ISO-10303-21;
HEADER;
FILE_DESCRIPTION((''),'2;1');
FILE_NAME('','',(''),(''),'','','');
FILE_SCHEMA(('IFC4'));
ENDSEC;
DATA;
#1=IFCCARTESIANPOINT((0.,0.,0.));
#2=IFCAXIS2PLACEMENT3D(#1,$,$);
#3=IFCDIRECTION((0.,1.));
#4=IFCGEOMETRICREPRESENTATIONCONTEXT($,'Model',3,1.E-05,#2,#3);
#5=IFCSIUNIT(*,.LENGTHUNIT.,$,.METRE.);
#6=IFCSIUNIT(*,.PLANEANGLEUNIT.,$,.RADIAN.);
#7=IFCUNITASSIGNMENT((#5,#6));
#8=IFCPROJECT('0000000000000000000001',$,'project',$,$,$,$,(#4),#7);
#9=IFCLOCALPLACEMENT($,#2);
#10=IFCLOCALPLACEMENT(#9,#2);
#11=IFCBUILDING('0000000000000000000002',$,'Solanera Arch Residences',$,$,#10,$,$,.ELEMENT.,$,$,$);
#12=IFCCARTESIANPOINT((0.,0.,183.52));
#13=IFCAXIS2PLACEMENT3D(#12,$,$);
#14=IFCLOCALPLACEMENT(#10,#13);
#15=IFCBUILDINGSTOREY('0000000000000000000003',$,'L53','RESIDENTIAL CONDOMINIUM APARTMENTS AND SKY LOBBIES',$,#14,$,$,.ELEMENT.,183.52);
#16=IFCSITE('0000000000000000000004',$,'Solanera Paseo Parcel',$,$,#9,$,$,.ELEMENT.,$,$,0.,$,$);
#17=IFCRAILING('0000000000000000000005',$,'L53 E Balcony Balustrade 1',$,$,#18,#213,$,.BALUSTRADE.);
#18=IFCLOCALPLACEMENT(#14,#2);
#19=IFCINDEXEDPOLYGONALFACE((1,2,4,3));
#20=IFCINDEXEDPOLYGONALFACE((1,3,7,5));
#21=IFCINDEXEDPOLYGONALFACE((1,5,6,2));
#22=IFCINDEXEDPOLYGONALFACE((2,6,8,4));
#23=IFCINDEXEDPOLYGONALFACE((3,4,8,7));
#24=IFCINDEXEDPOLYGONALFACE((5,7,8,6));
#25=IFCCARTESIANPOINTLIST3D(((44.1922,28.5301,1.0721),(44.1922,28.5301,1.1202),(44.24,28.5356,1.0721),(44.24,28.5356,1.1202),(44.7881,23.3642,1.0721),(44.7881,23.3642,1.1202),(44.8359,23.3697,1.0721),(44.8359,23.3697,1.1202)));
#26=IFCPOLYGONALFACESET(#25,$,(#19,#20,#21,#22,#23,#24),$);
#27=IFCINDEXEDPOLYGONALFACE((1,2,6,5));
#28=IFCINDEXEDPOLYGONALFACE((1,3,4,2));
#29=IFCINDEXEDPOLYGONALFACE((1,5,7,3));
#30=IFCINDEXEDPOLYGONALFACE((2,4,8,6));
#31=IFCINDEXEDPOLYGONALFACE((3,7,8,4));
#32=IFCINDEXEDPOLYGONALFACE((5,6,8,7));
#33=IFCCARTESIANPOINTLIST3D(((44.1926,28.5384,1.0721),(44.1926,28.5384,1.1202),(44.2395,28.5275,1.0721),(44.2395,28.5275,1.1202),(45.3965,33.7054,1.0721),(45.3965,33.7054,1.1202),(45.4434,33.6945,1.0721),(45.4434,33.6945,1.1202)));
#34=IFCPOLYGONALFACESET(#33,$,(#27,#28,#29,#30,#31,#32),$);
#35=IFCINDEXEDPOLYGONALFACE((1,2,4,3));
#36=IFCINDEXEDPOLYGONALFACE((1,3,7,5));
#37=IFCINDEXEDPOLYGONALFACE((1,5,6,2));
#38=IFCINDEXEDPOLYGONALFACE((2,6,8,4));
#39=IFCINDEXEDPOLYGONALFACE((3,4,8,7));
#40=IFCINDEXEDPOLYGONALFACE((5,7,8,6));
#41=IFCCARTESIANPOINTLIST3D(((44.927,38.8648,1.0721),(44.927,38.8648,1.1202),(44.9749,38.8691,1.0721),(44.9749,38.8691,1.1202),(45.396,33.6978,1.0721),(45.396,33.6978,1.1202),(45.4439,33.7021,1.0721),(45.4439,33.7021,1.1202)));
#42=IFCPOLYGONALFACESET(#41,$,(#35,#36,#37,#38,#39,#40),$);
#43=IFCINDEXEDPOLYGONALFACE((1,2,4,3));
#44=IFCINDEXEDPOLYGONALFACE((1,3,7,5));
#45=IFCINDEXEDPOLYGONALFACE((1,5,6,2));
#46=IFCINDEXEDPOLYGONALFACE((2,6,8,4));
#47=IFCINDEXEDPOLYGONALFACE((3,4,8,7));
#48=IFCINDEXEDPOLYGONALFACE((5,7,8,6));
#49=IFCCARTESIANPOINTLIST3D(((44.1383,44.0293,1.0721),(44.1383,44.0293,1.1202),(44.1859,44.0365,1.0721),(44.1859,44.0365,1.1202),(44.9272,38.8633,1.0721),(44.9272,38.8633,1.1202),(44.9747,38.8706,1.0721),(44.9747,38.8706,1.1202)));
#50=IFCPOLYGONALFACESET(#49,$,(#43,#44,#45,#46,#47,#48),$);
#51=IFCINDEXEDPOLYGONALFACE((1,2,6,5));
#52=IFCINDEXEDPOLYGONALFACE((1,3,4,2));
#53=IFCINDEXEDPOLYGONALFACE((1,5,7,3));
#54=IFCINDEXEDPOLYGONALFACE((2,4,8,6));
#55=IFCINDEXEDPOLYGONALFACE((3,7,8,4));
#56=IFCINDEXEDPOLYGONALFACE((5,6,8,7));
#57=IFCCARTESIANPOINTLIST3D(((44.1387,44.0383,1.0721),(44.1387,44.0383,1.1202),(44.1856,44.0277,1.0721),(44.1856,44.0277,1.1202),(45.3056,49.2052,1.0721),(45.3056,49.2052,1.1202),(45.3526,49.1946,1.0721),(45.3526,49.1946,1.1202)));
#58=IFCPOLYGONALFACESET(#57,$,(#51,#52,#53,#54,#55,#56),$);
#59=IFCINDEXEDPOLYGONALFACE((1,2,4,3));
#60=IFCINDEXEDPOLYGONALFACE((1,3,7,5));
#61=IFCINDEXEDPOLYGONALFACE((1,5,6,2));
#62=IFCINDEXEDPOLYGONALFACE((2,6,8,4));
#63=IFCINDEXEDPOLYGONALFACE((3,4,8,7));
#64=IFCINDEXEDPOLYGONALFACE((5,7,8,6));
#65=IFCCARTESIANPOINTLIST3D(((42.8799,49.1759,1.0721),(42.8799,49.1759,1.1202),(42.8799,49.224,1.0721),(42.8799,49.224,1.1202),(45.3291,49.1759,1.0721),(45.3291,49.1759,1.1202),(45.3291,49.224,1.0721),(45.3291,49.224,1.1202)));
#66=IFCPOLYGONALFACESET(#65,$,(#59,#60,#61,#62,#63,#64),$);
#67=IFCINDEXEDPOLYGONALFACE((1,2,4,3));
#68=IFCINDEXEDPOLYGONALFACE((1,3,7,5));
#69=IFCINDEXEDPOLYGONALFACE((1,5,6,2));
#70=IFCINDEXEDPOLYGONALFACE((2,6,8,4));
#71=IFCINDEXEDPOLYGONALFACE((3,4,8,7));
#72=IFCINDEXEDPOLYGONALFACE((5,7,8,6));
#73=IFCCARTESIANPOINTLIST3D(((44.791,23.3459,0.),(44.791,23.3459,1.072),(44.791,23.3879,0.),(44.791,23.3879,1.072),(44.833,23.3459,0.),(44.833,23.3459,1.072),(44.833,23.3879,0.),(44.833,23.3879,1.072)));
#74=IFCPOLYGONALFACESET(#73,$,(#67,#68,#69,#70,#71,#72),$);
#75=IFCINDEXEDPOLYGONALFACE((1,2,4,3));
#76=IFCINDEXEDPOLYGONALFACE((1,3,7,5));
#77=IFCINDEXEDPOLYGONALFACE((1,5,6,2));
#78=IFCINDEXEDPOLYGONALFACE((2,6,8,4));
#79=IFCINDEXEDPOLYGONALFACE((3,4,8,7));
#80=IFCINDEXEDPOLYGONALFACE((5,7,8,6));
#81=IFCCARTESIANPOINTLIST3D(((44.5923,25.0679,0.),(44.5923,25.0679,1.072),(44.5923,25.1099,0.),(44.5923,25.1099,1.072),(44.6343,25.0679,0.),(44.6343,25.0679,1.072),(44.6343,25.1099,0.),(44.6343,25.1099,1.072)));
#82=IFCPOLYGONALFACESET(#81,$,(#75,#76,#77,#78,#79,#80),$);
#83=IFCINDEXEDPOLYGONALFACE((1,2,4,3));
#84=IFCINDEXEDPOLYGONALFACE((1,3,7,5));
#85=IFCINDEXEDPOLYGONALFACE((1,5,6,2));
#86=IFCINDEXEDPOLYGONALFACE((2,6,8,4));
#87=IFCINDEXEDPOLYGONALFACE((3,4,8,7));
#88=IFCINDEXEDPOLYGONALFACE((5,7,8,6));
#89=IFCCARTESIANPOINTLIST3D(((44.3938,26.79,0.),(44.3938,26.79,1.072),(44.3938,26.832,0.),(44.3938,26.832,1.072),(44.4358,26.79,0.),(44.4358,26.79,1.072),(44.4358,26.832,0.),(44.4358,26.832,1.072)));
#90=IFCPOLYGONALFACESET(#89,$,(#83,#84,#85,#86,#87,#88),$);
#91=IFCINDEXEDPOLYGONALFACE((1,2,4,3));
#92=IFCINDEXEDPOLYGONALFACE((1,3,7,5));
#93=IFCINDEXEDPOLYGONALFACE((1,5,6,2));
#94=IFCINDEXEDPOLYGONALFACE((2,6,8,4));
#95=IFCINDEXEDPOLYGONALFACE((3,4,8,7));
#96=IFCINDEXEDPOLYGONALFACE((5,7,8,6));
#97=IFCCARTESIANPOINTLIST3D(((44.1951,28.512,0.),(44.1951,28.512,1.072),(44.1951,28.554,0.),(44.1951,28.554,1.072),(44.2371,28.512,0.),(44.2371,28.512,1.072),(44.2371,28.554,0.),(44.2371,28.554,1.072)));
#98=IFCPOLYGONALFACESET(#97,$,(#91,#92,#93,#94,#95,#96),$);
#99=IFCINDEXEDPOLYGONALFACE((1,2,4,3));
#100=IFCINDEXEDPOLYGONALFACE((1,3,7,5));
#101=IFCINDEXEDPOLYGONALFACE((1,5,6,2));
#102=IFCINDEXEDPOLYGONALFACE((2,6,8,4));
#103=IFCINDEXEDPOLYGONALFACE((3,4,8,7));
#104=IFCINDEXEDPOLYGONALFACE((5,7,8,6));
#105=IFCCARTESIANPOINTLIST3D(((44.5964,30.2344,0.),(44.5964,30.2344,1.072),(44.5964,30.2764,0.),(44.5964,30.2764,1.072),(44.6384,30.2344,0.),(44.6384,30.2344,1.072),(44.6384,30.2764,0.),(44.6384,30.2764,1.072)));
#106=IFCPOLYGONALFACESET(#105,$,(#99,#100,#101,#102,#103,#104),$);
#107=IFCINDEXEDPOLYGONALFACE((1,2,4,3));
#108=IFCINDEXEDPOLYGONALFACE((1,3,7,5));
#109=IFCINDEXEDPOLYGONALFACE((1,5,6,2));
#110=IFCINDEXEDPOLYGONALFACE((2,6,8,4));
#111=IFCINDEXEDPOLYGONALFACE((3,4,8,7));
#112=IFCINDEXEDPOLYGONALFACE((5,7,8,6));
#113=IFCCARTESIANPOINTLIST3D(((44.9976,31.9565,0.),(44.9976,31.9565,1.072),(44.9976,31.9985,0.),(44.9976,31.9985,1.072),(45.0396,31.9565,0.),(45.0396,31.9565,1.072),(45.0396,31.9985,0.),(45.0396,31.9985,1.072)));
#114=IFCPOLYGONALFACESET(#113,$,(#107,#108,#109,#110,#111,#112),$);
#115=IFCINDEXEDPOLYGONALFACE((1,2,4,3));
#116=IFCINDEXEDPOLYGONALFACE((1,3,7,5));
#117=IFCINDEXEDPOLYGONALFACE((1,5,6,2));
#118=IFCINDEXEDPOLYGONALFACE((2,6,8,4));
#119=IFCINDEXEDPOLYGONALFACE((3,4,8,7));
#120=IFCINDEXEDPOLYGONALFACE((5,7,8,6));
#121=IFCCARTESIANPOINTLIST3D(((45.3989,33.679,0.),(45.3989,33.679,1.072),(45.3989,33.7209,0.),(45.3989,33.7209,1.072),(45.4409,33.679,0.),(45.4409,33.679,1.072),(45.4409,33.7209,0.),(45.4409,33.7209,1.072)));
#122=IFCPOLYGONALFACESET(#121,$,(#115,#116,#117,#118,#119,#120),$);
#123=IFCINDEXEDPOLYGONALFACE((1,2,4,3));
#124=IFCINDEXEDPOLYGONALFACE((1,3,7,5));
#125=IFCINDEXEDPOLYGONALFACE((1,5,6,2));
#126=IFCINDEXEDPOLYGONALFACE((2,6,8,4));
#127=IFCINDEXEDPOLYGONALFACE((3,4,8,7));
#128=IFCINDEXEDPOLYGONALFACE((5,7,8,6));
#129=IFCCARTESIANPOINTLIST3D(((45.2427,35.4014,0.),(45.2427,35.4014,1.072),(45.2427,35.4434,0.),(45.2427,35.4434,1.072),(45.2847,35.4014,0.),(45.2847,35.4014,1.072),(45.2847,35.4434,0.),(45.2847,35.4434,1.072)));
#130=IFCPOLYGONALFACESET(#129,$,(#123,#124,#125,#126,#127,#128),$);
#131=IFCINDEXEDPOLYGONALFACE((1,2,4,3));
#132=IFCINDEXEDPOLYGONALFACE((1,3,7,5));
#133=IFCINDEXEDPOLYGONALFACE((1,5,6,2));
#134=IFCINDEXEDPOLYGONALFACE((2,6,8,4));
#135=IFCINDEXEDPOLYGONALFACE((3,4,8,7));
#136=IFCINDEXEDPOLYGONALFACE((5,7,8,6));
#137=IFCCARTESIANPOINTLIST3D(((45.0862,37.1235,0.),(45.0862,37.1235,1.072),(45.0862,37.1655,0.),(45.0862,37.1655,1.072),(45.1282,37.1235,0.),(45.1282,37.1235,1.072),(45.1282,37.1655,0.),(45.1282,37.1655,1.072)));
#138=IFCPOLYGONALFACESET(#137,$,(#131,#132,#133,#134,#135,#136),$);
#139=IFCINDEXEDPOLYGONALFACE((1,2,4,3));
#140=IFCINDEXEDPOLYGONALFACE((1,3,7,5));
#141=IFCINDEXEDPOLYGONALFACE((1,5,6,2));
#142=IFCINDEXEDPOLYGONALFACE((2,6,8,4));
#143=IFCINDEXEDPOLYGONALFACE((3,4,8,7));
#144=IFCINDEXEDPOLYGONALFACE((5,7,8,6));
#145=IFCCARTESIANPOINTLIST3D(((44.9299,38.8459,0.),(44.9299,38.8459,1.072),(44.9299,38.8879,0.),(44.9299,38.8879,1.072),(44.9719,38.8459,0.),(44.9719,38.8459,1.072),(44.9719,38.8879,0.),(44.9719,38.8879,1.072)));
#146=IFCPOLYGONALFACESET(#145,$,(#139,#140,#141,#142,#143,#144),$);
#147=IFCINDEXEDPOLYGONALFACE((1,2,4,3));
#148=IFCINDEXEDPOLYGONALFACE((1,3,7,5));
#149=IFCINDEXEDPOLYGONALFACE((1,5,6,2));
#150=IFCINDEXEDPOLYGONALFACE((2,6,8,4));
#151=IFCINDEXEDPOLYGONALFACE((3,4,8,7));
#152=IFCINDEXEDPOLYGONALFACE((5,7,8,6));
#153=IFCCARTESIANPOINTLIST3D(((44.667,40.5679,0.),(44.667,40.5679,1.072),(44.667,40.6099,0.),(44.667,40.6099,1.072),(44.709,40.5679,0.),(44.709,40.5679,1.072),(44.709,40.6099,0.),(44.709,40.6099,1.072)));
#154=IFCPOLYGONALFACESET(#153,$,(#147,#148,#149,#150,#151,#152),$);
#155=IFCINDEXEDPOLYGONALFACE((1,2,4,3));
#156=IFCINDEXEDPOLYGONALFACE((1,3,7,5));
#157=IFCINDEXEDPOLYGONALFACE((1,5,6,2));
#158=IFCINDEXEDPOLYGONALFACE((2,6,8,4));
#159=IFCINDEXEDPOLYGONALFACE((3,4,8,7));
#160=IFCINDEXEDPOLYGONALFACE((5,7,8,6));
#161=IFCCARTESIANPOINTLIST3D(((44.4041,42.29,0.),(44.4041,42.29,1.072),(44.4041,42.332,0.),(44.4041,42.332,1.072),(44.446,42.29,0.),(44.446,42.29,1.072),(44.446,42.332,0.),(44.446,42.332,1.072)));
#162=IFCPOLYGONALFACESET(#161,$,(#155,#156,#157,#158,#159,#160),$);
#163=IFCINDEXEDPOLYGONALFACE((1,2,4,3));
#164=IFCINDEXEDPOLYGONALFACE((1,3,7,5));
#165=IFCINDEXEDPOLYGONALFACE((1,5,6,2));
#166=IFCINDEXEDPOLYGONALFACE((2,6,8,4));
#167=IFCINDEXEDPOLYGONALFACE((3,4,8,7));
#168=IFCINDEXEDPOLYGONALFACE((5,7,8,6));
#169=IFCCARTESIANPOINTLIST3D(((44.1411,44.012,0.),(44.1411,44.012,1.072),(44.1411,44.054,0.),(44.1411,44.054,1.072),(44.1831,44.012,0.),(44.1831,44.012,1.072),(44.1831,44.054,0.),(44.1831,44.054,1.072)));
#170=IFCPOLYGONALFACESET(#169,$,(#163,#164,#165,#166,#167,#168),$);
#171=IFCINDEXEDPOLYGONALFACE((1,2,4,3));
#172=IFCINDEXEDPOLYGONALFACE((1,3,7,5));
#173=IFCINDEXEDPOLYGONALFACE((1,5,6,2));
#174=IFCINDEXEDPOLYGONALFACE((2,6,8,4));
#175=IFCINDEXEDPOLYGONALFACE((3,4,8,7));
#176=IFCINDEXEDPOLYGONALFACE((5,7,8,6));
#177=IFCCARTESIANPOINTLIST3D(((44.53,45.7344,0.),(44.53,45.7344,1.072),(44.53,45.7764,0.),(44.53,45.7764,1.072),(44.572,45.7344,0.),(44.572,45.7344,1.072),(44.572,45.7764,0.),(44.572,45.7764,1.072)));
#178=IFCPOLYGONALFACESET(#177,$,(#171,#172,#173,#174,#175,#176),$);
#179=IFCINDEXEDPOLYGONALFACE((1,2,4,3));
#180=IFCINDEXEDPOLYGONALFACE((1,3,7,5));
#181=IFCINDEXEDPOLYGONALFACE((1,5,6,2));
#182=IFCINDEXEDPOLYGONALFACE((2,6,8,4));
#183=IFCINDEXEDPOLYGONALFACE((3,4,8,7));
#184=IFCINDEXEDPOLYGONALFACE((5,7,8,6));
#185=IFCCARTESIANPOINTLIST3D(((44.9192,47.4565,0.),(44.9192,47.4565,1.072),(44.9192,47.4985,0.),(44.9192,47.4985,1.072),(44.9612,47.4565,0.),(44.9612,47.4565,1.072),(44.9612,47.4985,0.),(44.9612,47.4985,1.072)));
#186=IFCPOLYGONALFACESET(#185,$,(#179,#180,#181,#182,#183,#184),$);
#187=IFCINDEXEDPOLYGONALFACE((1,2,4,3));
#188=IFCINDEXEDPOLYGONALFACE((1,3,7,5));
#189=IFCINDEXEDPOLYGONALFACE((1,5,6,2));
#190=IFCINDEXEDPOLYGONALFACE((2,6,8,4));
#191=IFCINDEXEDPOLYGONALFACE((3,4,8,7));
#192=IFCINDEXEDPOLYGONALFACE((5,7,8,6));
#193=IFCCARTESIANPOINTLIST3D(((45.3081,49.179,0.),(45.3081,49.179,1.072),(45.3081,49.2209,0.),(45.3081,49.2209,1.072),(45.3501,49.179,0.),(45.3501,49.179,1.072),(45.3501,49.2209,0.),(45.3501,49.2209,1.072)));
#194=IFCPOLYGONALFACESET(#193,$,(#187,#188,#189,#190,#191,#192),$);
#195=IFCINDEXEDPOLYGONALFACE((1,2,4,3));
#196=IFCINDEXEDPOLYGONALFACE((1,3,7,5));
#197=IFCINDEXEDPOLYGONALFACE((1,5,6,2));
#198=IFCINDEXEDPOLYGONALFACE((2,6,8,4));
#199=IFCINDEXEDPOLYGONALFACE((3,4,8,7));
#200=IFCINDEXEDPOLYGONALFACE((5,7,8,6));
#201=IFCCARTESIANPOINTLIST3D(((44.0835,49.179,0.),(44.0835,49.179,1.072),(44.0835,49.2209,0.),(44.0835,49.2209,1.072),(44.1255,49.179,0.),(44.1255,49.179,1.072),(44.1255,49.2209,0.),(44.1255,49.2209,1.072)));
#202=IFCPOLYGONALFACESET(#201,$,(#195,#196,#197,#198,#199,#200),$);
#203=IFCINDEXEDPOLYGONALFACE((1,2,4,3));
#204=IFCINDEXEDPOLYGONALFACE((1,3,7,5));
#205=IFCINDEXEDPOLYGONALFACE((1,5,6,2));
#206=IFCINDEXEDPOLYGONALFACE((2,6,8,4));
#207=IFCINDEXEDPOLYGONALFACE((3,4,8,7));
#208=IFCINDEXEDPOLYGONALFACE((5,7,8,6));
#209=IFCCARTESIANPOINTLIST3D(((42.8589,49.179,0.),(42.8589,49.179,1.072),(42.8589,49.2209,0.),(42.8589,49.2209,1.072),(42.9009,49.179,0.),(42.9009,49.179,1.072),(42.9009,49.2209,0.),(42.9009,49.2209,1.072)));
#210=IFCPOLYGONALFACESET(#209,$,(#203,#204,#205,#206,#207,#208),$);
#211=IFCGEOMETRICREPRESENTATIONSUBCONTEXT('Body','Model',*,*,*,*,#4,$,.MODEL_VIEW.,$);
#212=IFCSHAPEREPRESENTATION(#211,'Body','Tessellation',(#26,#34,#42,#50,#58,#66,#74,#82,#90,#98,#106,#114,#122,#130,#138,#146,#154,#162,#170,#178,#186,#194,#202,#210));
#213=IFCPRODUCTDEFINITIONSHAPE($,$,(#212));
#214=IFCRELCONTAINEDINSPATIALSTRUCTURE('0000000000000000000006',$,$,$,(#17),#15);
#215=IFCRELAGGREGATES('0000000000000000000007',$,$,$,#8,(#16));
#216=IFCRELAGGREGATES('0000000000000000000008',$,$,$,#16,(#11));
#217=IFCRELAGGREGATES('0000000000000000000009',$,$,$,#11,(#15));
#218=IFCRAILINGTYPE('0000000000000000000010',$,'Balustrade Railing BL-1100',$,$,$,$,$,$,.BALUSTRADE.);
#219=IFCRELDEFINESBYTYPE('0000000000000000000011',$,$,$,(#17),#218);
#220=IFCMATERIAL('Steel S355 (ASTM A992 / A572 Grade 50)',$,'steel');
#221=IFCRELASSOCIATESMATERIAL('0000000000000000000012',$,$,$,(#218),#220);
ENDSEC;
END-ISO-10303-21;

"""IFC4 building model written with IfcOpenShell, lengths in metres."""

from ifc_helpers import new_model, si_unit, direction, frame, origin, origin_2d, place, context, subcontext, project, spatial, rectangle, extrude, material, type_object, element, save


model = new_model("IFC4")

# Units and contexts
model_context = context("Model", 3, precision=1e-05, world=origin(), true_north=direction((0.0, 1.0)))
body_context = subcontext(model_context, "Body", "Model", "MODEL_VIEW")
ifc_project = project(units=[si_unit("LENGTHUNIT", "METRE"), si_unit("PLANEANGLEUNIT", "RADIAN")], contexts=[model_context])

# Site, building, storey
site_placement = place(None, origin())
site = spatial("IfcSite", under=ifc_project, at=site_placement, Name="Solanera Paseo Parcel", CompositionType="ELEMENT", RefElevation=0.0)
building_placement = place(site_placement, origin())
building = spatial("IfcBuilding", under=site, at=building_placement, Name="Solanera Arch Residences", CompositionType="ELEMENT")
storey_placement = place(building_placement, frame((0.0, 0.0, 183.52)))
storey = spatial("IfcBuildingStorey", under=building, at=storey_placement, Name="L53", Description="RESIDENTIAL CONDOMINIUM APARTMENTS AND SKY LOBBIES", CompositionType="ELEMENT", Elevation=183.52)

# Railing
ifc_material_1 = material(Name="Steel S355 (ASTM A992 / A572 Grade 50)", Category="steel")
railing_type = type_object("IfcRailingType", Name="Balustrade Railing BL-1100", PredefinedType="BALUSTRADE", material=ifc_material_1)
railing_1_placement = place(storey_placement, frame((44.812, 23.3669, 0.0)))
element("IfcRailing", 1, at=railing_1_placement, inside=storey, type_object=railing_type, Name="L53 E Balcony Balustrade 1", PredefinedType="BALUSTRADE", context=body_context, shape_type="SweptSolid", body=[
    extrude(rectangle(XDim=0.0481, YDim=0.0481, at=origin_2d()), frame((0.0, 0.0, 1.0962), z_axis=(-0.114599, 0.993412, 0.0), x_axis=(-0.993412, -0.114599, 0.0)), (0.0, 0.0, 1.0), 5.2002),
    extrude(rectangle(XDim=0.0481, YDim=0.0481, at=origin_2d()), frame((-0.5959, 5.166, 1.0962), z_axis=(0.226912, 0.973915, 0.0), x_axis=(-0.973915, 0.226912, 0.0)), (0.0, 0.0, 1.0), 5.3054),
    extrude(rectangle(XDim=0.0481, YDim=0.0481, at=origin_2d()), frame((0.6079, 10.333, 1.0962), z_axis=(-0.090396, 0.995906, 0.0), x_axis=(-0.995906, -0.090396, 0.0)), (0.0, 0.0, 1.0), 5.1882),
    extrude(rectangle(XDim=0.0481, YDim=0.0481, at=origin_2d()), frame((0.1389, 15.5, 1.0962), z_axis=(-0.150944, 0.988542, 0.0), x_axis=(-0.988542, -0.150944, 0.0)), (0.0, 0.0, 1.0), 5.2258),
    extrude(rectangle(XDim=0.0481, YDim=0.0481, at=origin_2d()), frame((-0.6499, 20.666, 1.0962), z_axis=(0.220306, 0.975431, 0.0), x_axis=(-0.975431, 0.220306, 0.0)), (0.0, 0.0, 1.0), 5.2971),
    extrude(rectangle(XDim=0.0481, YDim=0.0481, at=origin_2d()), frame((0.5171, 25.833, 1.0962), z_axis=(-1.0, 0.0, 0.0), x_axis=(0.0, -1.0, 0.0)), (0.0, 0.0, 1.0), 2.4492),
    extrude(rectangle(XDim=0.042, YDim=0.042, at=origin_2d()), origin(), (0.0, 0.0, 1.0), 1.072),
    extrude(rectangle(XDim=0.042, YDim=0.042, at=origin_2d()), frame((-0.1987, 1.7219, 0.0)), (0.0, 0.0, 1.0), 1.072),
    extrude(rectangle(XDim=0.042, YDim=0.042, at=origin_2d()), frame((-0.3972, 3.4441, 0.0)), (0.0, 0.0, 1.0), 1.072),
    extrude(rectangle(XDim=0.042, YDim=0.042, at=origin_2d()), frame((-0.5959, 5.166, 0.0)), (0.0, 0.0, 1.0), 1.072),
    extrude(rectangle(XDim=0.042, YDim=0.042, at=origin_2d()), frame((-0.1946, 6.8884, 0.0)), (0.0, 0.0, 1.0), 1.072),
    extrude(rectangle(XDim=0.042, YDim=0.042, at=origin_2d()), frame((0.2065, 8.6106, 0.0)), (0.0, 0.0, 1.0), 1.072),
    extrude(rectangle(XDim=0.042, YDim=0.042, at=origin_2d()), frame((0.6079, 10.333, 0.0)), (0.0, 0.0, 1.0), 1.072),
    extrude(rectangle(XDim=0.042, YDim=0.042, at=origin_2d()), frame((0.4517, 12.0554, 0.0)), (0.0, 0.0, 1.0), 1.072),
    extrude(rectangle(XDim=0.042, YDim=0.042, at=origin_2d()), frame((0.2952, 13.7776, 0.0)), (0.0, 0.0, 1.0), 1.072),
    extrude(rectangle(XDim=0.042, YDim=0.042, at=origin_2d()), frame((0.1389, 15.5, 0.0)), (0.0, 0.0, 1.0), 1.072),
    extrude(rectangle(XDim=0.042, YDim=0.042, at=origin_2d()), frame((-0.124, 17.2219, 0.0)), (0.0, 0.0, 1.0), 1.072),
    extrude(rectangle(XDim=0.042, YDim=0.042, at=origin_2d()), frame((-0.387, 18.9441, 0.0)), (0.0, 0.0, 1.0), 1.072),
    extrude(rectangle(XDim=0.042, YDim=0.042, at=origin_2d()), frame((-0.6499, 20.666, 0.0)), (0.0, 0.0, 1.0), 1.072),
    extrude(rectangle(XDim=0.042, YDim=0.042, at=origin_2d()), frame((-0.261, 22.3884, 0.0)), (0.0, 0.0, 1.0), 1.072),
    extrude(rectangle(XDim=0.042, YDim=0.042, at=origin_2d()), frame((0.1282, 24.1106, 0.0)), (0.0, 0.0, 1.0), 1.072),
    extrude(rectangle(XDim=0.042, YDim=0.042, at=origin_2d()), frame((0.5171, 25.833, 0.0)), (0.0, 0.0, 1.0), 1.072),
    extrude(rectangle(XDim=0.042, YDim=0.042, at=origin_2d()), frame((-0.7075, 25.833, 0.0)), (0.0, 0.0, 1.0), 1.072),
    extrude(rectangle(XDim=0.042, YDim=0.042, at=origin_2d()), frame((-1.9321, 25.833, 0.0)), (0.0, 0.0, 1.0), 1.072),
])

save(model, "model.ifc")
